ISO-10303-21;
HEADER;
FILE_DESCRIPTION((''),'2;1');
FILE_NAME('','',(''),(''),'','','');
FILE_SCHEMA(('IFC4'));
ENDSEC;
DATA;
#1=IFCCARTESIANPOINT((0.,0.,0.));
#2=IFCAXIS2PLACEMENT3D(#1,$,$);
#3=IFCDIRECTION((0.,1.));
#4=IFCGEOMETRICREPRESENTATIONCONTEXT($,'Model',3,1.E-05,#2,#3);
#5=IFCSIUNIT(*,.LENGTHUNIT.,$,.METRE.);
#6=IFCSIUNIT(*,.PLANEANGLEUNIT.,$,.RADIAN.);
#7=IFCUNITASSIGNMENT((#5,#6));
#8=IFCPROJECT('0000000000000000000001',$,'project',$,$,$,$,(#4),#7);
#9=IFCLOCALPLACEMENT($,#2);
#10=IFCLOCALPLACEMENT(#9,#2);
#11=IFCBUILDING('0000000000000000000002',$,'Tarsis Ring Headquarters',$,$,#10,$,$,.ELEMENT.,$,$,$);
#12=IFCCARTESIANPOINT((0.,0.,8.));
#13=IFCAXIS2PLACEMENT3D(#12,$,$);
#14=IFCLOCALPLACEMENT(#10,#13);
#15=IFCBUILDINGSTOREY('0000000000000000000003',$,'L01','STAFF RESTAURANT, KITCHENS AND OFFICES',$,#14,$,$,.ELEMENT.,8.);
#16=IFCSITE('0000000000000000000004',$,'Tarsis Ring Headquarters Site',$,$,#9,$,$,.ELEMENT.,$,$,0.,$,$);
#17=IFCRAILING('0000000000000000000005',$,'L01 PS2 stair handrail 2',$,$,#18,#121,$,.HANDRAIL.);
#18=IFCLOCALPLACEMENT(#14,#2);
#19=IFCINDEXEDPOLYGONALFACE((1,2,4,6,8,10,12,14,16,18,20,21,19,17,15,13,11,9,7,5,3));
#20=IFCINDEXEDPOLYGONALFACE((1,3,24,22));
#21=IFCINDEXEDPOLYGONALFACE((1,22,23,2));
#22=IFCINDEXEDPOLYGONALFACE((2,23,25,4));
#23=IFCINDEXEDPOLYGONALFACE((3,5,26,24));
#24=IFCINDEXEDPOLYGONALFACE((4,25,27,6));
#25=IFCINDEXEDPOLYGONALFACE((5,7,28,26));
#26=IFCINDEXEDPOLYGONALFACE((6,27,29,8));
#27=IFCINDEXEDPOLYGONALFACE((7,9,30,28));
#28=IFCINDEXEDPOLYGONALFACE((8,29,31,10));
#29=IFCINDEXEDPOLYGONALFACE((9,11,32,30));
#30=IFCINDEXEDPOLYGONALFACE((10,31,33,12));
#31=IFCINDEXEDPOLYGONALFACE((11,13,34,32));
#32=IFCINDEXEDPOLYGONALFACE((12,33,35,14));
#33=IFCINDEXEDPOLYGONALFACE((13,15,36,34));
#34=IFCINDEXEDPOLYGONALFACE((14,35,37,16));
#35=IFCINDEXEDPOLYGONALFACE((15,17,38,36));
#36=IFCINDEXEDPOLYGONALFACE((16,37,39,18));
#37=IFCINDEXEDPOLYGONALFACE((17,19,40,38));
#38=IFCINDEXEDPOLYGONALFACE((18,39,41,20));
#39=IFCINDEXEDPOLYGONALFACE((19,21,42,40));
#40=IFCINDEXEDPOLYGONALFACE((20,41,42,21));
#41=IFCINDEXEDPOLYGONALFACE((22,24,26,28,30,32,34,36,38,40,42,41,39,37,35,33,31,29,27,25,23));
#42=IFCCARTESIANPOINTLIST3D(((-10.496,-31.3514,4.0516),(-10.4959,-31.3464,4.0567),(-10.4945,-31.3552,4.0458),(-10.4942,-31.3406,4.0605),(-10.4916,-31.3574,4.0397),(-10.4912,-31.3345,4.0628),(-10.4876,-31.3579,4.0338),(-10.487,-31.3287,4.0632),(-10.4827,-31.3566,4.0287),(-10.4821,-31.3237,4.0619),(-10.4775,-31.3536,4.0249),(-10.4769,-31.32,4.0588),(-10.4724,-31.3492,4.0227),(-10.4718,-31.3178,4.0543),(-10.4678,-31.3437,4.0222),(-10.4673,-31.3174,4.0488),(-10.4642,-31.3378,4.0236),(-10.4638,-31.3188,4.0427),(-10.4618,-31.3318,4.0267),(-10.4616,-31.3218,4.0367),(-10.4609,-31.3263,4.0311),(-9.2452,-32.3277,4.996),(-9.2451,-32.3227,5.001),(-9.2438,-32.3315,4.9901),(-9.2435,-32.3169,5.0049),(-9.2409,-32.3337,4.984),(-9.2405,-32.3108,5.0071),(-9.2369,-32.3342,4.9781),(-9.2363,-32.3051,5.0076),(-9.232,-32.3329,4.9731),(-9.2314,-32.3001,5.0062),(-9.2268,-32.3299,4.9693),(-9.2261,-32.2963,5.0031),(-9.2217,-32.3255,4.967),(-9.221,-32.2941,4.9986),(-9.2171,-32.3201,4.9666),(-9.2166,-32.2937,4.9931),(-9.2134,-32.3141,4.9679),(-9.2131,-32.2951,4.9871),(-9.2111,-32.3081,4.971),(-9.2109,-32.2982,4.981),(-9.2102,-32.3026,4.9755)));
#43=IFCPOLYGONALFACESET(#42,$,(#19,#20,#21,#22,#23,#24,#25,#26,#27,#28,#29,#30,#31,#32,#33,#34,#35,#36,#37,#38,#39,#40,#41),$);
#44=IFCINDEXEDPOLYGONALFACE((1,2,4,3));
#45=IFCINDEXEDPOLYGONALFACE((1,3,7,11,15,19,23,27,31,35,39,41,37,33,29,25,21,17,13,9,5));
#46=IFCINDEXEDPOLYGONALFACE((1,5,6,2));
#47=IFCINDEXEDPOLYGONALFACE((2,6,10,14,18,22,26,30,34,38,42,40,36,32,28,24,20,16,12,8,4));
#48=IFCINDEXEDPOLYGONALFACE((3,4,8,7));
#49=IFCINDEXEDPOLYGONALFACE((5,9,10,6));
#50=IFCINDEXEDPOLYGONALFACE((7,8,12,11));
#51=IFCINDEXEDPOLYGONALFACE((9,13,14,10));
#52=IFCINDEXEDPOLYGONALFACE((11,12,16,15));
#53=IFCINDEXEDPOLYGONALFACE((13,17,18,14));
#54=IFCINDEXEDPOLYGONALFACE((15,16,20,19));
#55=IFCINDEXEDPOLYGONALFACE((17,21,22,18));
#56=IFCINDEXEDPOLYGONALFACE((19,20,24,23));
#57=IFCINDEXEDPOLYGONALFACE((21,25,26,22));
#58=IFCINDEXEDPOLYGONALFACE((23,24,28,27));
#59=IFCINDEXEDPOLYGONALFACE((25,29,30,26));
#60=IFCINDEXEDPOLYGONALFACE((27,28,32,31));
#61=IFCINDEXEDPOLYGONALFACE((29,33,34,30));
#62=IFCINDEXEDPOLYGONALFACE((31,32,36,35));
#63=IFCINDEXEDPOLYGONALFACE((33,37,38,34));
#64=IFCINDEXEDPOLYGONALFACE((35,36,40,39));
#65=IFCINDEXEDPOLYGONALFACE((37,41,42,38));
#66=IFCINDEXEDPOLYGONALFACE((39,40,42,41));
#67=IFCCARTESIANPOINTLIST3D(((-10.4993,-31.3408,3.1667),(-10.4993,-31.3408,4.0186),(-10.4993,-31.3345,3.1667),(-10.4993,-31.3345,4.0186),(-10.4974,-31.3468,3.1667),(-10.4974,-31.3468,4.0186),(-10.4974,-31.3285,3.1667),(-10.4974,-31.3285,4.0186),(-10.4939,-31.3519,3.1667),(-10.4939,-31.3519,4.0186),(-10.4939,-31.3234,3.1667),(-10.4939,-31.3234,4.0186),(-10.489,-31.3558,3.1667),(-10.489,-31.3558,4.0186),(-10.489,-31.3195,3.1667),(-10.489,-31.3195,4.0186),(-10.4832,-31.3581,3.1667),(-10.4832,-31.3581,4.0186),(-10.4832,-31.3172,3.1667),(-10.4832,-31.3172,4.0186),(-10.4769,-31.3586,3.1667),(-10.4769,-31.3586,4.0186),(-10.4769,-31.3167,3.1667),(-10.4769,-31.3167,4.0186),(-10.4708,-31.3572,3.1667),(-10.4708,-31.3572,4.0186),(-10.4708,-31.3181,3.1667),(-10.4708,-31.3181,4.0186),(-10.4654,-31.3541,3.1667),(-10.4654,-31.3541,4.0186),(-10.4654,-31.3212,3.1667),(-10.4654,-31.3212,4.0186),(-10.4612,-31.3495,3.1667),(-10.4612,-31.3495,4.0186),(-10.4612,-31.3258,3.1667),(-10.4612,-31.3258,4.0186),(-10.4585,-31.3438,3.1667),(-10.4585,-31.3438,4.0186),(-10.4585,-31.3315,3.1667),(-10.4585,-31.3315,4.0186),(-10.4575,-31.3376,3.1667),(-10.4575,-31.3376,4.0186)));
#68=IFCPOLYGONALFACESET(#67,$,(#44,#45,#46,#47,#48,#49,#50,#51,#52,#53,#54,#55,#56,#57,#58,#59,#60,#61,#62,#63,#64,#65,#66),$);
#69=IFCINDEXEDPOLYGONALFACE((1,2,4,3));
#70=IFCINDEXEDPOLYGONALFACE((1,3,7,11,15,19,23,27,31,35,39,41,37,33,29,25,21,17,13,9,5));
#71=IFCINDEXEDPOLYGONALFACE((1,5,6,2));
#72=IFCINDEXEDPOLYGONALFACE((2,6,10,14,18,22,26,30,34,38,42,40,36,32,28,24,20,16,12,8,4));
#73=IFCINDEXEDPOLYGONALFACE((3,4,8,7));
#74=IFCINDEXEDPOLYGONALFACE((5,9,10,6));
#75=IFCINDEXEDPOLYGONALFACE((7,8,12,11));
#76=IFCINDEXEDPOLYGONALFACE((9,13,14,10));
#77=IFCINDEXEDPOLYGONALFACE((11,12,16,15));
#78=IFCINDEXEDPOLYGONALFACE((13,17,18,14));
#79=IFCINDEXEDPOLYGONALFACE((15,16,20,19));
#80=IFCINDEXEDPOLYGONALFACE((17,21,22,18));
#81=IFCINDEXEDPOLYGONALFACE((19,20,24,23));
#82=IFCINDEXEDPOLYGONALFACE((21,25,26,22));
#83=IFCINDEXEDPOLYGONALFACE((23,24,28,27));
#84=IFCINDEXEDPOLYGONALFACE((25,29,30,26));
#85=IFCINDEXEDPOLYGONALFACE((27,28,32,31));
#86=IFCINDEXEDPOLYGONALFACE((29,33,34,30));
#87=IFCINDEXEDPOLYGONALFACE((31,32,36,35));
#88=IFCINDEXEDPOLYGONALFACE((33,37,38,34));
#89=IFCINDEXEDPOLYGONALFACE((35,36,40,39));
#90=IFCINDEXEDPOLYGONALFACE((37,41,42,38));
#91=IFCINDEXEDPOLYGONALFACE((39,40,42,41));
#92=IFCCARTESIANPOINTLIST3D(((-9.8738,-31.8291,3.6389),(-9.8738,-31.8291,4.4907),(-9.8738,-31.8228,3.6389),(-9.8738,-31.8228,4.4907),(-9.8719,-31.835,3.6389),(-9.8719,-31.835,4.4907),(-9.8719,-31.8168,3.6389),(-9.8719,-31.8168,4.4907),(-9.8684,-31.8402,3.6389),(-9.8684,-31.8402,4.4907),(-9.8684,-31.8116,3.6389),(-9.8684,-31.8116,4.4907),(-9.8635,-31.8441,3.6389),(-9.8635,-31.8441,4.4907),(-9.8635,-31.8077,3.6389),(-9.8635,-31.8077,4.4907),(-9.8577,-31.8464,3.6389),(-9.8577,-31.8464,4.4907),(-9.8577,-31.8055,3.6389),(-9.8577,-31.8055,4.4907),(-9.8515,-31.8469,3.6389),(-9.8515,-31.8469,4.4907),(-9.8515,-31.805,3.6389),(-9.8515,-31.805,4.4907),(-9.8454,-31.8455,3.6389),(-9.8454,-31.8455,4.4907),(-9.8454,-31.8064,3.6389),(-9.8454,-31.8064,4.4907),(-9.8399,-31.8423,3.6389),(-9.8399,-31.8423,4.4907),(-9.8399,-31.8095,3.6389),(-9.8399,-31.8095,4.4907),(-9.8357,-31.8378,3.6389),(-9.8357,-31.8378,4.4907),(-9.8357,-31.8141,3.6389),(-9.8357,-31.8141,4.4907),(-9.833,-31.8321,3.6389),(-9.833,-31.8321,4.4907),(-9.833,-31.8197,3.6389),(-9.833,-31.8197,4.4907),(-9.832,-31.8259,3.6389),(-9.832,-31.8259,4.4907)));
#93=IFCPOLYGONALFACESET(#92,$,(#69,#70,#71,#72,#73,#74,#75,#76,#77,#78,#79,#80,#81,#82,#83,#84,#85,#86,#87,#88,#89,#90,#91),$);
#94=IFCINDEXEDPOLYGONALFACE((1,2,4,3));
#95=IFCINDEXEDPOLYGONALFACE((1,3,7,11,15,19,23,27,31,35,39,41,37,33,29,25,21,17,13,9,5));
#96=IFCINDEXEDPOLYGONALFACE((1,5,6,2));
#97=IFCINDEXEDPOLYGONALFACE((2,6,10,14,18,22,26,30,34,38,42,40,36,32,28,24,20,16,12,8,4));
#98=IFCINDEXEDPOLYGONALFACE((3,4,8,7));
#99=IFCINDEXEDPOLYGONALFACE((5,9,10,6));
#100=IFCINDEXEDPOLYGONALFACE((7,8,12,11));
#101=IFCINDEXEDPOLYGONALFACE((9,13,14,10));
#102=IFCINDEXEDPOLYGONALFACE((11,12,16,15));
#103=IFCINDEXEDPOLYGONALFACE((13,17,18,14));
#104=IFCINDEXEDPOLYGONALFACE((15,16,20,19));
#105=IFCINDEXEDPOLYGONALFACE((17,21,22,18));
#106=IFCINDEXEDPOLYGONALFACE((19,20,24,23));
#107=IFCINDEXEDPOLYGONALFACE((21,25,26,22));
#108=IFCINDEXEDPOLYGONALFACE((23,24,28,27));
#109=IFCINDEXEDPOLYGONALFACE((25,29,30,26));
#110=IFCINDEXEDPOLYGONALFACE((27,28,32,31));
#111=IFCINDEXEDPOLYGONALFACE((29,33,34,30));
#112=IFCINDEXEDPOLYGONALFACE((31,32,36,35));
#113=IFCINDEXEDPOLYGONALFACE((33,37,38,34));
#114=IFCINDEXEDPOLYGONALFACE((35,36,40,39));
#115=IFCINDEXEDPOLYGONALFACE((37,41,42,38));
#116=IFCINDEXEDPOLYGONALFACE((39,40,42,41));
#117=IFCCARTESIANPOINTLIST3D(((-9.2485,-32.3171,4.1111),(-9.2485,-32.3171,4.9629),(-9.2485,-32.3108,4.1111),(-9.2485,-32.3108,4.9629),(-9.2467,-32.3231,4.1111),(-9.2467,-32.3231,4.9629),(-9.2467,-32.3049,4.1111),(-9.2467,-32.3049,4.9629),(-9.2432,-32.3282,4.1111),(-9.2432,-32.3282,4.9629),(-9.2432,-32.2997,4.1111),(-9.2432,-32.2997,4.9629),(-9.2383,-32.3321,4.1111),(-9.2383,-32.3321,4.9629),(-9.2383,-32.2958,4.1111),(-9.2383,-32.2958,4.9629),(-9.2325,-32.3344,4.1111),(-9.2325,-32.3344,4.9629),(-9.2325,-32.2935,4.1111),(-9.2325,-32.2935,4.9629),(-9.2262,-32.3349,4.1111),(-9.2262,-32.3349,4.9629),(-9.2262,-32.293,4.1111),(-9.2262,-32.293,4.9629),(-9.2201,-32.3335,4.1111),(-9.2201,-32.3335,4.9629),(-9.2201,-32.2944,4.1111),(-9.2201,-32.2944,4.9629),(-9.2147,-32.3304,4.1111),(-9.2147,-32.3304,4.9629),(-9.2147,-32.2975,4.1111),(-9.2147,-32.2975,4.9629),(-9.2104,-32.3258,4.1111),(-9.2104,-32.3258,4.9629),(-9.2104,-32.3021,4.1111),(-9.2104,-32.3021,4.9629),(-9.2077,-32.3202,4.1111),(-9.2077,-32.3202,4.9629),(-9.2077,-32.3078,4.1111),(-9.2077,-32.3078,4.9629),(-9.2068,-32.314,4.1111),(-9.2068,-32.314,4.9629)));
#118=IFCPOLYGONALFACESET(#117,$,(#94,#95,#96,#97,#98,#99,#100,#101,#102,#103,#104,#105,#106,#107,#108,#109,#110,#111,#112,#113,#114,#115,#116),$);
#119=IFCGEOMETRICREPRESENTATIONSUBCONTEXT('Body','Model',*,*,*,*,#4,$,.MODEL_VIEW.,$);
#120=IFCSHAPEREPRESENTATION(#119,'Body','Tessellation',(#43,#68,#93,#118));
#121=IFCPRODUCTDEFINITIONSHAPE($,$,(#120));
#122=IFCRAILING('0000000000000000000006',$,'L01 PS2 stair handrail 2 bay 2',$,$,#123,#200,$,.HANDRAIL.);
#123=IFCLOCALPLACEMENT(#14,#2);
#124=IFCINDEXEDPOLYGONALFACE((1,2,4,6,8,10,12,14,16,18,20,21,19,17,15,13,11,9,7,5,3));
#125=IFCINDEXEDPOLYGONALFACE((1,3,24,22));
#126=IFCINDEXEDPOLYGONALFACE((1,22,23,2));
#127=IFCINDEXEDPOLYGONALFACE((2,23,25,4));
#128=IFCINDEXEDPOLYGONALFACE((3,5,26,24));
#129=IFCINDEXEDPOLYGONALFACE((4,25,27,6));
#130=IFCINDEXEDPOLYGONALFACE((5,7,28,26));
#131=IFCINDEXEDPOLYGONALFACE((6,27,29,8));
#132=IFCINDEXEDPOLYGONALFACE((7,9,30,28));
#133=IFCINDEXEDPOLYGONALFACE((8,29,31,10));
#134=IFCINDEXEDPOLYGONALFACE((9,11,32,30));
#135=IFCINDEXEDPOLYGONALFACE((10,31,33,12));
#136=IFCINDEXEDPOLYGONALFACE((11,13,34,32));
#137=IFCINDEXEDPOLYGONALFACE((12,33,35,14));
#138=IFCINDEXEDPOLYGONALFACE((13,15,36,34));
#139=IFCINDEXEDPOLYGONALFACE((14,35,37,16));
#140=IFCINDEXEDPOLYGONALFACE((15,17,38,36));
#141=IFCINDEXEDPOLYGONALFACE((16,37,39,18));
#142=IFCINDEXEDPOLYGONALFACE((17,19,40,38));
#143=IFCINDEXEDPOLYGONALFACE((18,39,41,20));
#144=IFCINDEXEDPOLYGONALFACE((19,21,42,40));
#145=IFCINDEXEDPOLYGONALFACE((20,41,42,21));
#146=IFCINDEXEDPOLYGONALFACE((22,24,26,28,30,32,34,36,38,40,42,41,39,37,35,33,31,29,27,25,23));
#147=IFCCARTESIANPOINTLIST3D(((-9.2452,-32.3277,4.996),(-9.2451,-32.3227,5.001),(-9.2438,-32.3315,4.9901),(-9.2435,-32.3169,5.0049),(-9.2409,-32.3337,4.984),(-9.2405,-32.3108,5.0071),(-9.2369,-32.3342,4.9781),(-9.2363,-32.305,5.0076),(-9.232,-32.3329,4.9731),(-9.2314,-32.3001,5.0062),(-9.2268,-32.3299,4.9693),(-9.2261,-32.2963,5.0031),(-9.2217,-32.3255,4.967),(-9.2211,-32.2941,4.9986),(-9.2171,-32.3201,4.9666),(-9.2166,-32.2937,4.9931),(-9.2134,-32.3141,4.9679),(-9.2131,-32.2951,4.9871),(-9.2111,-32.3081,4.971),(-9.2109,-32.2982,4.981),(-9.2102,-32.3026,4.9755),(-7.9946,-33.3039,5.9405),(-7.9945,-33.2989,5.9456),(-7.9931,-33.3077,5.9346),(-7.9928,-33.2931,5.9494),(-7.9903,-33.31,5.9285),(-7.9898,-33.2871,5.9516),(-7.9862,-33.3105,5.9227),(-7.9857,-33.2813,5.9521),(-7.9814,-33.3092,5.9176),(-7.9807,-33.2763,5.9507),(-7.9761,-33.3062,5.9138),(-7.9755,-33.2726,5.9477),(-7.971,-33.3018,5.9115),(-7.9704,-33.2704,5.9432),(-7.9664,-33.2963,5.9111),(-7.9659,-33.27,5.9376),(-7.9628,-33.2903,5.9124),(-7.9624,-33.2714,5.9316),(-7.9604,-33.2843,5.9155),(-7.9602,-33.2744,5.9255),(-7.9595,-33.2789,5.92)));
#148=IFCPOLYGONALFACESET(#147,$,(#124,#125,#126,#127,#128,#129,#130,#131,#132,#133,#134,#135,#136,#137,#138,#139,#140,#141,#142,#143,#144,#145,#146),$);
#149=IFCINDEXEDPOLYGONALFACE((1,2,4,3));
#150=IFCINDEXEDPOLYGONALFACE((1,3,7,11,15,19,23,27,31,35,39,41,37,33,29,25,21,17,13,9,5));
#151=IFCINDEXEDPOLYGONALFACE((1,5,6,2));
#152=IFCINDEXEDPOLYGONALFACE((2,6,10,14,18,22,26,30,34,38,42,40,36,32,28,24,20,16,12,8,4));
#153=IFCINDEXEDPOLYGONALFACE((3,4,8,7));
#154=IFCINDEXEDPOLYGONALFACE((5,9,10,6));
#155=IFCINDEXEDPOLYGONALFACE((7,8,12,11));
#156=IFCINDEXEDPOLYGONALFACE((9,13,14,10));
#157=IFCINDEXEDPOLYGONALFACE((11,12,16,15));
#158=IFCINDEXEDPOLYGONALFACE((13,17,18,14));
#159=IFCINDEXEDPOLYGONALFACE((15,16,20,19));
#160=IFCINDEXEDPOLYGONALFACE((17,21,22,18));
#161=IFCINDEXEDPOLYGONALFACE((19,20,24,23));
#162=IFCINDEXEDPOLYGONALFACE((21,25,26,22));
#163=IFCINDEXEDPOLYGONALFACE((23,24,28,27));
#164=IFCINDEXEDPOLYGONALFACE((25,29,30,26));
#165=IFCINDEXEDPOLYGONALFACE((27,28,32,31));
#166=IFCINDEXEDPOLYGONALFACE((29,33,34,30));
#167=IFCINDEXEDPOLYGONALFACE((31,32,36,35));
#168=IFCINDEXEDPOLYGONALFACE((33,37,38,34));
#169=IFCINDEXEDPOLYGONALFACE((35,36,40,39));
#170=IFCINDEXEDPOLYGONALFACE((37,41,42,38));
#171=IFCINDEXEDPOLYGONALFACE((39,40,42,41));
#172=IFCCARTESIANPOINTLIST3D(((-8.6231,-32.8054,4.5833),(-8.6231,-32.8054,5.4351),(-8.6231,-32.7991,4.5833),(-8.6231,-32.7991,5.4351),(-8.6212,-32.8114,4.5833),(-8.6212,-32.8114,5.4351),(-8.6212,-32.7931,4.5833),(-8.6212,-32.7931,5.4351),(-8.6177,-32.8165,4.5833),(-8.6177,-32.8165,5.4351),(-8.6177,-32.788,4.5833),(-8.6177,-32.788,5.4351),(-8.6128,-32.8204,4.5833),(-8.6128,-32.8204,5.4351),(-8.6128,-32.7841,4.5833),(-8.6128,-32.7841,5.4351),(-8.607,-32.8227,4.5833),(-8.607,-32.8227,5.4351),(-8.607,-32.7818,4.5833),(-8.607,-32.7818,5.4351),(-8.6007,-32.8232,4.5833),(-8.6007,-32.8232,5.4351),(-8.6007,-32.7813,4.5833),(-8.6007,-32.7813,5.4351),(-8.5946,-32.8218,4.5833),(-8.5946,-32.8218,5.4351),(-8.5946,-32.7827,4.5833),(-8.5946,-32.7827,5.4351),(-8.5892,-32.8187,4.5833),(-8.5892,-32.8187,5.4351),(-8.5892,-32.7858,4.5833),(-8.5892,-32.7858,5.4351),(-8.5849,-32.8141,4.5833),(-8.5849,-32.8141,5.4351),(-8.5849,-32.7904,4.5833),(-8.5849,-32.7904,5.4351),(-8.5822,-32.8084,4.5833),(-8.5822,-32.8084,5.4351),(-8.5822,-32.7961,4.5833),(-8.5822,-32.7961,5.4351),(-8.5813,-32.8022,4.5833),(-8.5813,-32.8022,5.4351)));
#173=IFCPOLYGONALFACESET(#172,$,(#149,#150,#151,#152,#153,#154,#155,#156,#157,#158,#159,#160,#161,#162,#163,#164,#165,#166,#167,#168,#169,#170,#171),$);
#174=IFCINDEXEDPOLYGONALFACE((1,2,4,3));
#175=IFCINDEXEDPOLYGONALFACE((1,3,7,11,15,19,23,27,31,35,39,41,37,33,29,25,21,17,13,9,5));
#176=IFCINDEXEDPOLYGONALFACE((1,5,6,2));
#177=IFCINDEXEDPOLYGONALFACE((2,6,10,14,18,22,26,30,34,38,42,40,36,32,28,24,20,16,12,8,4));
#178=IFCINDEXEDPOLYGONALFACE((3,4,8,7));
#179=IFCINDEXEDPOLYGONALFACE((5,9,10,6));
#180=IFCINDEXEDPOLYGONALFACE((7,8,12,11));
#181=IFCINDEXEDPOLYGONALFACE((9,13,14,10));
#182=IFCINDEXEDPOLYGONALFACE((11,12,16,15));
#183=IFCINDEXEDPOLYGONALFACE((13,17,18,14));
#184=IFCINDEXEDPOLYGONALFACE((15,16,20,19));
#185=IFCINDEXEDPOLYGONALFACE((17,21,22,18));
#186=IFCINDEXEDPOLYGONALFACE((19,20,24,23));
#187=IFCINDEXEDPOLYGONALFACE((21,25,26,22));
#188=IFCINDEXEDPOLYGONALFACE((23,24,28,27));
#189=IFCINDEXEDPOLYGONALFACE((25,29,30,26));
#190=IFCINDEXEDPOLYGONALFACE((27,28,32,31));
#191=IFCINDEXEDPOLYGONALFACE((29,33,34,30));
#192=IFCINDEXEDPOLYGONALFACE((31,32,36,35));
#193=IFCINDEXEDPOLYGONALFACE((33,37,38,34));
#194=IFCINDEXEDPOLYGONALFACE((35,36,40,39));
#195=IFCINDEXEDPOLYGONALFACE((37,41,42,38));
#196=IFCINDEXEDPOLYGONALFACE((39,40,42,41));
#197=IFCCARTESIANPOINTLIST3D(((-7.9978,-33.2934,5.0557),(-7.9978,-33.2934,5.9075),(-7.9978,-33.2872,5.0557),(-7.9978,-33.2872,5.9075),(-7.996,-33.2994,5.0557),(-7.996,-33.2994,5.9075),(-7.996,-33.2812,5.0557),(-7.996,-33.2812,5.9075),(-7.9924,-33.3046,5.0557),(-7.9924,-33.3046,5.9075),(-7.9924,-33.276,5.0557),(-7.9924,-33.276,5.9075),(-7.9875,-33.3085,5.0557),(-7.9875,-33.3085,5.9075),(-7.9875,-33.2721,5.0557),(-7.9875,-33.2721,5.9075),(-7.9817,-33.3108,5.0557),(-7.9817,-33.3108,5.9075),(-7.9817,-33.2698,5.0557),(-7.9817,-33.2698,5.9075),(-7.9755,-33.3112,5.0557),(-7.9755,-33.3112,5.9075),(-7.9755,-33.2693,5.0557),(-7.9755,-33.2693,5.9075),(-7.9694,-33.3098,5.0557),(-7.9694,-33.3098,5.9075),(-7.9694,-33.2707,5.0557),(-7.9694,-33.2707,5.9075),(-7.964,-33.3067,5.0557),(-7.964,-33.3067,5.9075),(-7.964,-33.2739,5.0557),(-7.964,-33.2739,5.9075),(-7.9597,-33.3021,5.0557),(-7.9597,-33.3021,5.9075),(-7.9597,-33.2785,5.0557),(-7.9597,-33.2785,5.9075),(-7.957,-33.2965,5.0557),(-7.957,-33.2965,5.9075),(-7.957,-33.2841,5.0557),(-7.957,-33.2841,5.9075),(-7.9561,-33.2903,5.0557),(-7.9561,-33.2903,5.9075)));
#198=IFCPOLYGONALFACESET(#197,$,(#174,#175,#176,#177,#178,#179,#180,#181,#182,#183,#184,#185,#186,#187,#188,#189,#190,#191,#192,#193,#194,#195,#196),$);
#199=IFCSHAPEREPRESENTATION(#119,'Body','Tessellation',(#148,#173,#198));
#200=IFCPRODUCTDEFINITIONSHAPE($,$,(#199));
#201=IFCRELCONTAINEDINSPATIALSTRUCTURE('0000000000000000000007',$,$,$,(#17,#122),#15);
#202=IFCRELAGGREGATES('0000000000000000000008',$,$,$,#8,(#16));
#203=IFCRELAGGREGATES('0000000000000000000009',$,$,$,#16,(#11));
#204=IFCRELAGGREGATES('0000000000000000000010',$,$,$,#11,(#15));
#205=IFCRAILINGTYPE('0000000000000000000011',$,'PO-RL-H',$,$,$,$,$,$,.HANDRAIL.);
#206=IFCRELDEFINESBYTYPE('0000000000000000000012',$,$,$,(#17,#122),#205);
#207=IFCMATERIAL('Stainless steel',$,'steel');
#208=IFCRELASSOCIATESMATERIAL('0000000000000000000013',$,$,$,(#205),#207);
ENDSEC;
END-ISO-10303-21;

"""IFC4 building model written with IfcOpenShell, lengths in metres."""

from ifc_helpers import new_model, si_unit, direction, frame, origin, origin_2d, place, context, subcontext, project, spatial, circle, extrude, material, type_object, element, save


model = new_model("IFC4")

# Units and contexts
model_context = context("Model", 3, precision=1e-05, world=origin(), true_north=direction((0.0, 1.0)))
body_context = subcontext(model_context, "Body", "Model", "MODEL_VIEW")
ifc_project = project(units=[si_unit("LENGTHUNIT", "METRE"), si_unit("PLANEANGLEUNIT", "RADIAN")], contexts=[model_context])

# Site, building, storey
site_placement = place(None, origin())
site = spatial("IfcSite", under=ifc_project, at=site_placement, Name="Tarsis Ring Headquarters Site", CompositionType="ELEMENT", RefElevation=0.0)
building_placement = place(site_placement, origin())
building = spatial("IfcBuilding", under=site, at=building_placement, Name="Tarsis Ring Headquarters", CompositionType="ELEMENT")
storey_placement = place(building_placement, frame((0.0, 0.0, 8.0)))
storey = spatial("IfcBuildingStorey", under=building, at=storey_placement, Name="L01", Description="STAFF RESTAURANT, KITCHENS AND OFFICES", CompositionType="ELEMENT", Elevation=8.0)

# Railings
ifc_material_1 = material(Name="Stainless steel", Category="steel")
railing_type_1 = type_object("IfcRailingType", Name="PO-RL-H", PredefinedType="HANDRAIL", material=ifc_material_1)
railing_1_placement = place(storey_placement, frame((-10.4785, -31.3376, 3.1667)))
element("IfcRailing", 1, at=railing_1_placement, inside=storey, type_object=railing_type_1, Name="L01 PS2 stair handrail 2", PredefinedType="HANDRAIL", context=body_context, shape_type="SweptSolid", body=[
    extrude(circle(Radius=0.0239, at=origin_2d()), frame((0.0, 0.0, 0.876), z_axis=(0.677379, -0.52876, 0.511439), x_axis=(0.615324, 0.788274, 0.0)), (0.0, 0.0, 1.0), 1.8464),
    extrude(circle(Radius=0.021, at=origin_2d()), origin(), (0.0, 0.0, 1.0), 0.8518),
    extrude(circle(Radius=0.021, at=origin_2d()), frame((0.6255, -0.4883, 0.4722)), (0.0, 0.0, 1.0), 0.8518),
    extrude(circle(Radius=0.021, at=origin_2d()), frame((1.2507, -0.9763, 0.9443)), (0.0, 0.0, 1.0), 0.8518),
])
railing_2_placement = place(storey_placement, frame((-9.2278, -32.314, 4.1111)))
element("IfcRailing", 2, at=railing_2_placement, inside=storey, type_object=railing_type_1, Name="L01 PS2 stair handrail 2 bay 2", PredefinedType="HANDRAIL", context=body_context, shape_type="SweptSolid", body=[
    extrude(circle(Radius=0.0239, at=origin_2d()), frame((0.0, 0.0, 0.876), z_axis=(0.677333, -0.528725, 0.511537), x_axis=(0.615324, 0.788274, 0.0)), (0.0, 0.0, 1.0), 1.8464),
    extrude(circle(Radius=0.021, at=origin_2d()), frame((0.6255, -0.4883, 0.4722)), (0.0, 0.0, 1.0), 0.8518),
    extrude(circle(Radius=0.021, at=origin_2d()), frame((1.2507, -0.9763, 0.9446)), (0.0, 0.0, 1.0), 0.8518),
])

save(model, "model.ifc")
